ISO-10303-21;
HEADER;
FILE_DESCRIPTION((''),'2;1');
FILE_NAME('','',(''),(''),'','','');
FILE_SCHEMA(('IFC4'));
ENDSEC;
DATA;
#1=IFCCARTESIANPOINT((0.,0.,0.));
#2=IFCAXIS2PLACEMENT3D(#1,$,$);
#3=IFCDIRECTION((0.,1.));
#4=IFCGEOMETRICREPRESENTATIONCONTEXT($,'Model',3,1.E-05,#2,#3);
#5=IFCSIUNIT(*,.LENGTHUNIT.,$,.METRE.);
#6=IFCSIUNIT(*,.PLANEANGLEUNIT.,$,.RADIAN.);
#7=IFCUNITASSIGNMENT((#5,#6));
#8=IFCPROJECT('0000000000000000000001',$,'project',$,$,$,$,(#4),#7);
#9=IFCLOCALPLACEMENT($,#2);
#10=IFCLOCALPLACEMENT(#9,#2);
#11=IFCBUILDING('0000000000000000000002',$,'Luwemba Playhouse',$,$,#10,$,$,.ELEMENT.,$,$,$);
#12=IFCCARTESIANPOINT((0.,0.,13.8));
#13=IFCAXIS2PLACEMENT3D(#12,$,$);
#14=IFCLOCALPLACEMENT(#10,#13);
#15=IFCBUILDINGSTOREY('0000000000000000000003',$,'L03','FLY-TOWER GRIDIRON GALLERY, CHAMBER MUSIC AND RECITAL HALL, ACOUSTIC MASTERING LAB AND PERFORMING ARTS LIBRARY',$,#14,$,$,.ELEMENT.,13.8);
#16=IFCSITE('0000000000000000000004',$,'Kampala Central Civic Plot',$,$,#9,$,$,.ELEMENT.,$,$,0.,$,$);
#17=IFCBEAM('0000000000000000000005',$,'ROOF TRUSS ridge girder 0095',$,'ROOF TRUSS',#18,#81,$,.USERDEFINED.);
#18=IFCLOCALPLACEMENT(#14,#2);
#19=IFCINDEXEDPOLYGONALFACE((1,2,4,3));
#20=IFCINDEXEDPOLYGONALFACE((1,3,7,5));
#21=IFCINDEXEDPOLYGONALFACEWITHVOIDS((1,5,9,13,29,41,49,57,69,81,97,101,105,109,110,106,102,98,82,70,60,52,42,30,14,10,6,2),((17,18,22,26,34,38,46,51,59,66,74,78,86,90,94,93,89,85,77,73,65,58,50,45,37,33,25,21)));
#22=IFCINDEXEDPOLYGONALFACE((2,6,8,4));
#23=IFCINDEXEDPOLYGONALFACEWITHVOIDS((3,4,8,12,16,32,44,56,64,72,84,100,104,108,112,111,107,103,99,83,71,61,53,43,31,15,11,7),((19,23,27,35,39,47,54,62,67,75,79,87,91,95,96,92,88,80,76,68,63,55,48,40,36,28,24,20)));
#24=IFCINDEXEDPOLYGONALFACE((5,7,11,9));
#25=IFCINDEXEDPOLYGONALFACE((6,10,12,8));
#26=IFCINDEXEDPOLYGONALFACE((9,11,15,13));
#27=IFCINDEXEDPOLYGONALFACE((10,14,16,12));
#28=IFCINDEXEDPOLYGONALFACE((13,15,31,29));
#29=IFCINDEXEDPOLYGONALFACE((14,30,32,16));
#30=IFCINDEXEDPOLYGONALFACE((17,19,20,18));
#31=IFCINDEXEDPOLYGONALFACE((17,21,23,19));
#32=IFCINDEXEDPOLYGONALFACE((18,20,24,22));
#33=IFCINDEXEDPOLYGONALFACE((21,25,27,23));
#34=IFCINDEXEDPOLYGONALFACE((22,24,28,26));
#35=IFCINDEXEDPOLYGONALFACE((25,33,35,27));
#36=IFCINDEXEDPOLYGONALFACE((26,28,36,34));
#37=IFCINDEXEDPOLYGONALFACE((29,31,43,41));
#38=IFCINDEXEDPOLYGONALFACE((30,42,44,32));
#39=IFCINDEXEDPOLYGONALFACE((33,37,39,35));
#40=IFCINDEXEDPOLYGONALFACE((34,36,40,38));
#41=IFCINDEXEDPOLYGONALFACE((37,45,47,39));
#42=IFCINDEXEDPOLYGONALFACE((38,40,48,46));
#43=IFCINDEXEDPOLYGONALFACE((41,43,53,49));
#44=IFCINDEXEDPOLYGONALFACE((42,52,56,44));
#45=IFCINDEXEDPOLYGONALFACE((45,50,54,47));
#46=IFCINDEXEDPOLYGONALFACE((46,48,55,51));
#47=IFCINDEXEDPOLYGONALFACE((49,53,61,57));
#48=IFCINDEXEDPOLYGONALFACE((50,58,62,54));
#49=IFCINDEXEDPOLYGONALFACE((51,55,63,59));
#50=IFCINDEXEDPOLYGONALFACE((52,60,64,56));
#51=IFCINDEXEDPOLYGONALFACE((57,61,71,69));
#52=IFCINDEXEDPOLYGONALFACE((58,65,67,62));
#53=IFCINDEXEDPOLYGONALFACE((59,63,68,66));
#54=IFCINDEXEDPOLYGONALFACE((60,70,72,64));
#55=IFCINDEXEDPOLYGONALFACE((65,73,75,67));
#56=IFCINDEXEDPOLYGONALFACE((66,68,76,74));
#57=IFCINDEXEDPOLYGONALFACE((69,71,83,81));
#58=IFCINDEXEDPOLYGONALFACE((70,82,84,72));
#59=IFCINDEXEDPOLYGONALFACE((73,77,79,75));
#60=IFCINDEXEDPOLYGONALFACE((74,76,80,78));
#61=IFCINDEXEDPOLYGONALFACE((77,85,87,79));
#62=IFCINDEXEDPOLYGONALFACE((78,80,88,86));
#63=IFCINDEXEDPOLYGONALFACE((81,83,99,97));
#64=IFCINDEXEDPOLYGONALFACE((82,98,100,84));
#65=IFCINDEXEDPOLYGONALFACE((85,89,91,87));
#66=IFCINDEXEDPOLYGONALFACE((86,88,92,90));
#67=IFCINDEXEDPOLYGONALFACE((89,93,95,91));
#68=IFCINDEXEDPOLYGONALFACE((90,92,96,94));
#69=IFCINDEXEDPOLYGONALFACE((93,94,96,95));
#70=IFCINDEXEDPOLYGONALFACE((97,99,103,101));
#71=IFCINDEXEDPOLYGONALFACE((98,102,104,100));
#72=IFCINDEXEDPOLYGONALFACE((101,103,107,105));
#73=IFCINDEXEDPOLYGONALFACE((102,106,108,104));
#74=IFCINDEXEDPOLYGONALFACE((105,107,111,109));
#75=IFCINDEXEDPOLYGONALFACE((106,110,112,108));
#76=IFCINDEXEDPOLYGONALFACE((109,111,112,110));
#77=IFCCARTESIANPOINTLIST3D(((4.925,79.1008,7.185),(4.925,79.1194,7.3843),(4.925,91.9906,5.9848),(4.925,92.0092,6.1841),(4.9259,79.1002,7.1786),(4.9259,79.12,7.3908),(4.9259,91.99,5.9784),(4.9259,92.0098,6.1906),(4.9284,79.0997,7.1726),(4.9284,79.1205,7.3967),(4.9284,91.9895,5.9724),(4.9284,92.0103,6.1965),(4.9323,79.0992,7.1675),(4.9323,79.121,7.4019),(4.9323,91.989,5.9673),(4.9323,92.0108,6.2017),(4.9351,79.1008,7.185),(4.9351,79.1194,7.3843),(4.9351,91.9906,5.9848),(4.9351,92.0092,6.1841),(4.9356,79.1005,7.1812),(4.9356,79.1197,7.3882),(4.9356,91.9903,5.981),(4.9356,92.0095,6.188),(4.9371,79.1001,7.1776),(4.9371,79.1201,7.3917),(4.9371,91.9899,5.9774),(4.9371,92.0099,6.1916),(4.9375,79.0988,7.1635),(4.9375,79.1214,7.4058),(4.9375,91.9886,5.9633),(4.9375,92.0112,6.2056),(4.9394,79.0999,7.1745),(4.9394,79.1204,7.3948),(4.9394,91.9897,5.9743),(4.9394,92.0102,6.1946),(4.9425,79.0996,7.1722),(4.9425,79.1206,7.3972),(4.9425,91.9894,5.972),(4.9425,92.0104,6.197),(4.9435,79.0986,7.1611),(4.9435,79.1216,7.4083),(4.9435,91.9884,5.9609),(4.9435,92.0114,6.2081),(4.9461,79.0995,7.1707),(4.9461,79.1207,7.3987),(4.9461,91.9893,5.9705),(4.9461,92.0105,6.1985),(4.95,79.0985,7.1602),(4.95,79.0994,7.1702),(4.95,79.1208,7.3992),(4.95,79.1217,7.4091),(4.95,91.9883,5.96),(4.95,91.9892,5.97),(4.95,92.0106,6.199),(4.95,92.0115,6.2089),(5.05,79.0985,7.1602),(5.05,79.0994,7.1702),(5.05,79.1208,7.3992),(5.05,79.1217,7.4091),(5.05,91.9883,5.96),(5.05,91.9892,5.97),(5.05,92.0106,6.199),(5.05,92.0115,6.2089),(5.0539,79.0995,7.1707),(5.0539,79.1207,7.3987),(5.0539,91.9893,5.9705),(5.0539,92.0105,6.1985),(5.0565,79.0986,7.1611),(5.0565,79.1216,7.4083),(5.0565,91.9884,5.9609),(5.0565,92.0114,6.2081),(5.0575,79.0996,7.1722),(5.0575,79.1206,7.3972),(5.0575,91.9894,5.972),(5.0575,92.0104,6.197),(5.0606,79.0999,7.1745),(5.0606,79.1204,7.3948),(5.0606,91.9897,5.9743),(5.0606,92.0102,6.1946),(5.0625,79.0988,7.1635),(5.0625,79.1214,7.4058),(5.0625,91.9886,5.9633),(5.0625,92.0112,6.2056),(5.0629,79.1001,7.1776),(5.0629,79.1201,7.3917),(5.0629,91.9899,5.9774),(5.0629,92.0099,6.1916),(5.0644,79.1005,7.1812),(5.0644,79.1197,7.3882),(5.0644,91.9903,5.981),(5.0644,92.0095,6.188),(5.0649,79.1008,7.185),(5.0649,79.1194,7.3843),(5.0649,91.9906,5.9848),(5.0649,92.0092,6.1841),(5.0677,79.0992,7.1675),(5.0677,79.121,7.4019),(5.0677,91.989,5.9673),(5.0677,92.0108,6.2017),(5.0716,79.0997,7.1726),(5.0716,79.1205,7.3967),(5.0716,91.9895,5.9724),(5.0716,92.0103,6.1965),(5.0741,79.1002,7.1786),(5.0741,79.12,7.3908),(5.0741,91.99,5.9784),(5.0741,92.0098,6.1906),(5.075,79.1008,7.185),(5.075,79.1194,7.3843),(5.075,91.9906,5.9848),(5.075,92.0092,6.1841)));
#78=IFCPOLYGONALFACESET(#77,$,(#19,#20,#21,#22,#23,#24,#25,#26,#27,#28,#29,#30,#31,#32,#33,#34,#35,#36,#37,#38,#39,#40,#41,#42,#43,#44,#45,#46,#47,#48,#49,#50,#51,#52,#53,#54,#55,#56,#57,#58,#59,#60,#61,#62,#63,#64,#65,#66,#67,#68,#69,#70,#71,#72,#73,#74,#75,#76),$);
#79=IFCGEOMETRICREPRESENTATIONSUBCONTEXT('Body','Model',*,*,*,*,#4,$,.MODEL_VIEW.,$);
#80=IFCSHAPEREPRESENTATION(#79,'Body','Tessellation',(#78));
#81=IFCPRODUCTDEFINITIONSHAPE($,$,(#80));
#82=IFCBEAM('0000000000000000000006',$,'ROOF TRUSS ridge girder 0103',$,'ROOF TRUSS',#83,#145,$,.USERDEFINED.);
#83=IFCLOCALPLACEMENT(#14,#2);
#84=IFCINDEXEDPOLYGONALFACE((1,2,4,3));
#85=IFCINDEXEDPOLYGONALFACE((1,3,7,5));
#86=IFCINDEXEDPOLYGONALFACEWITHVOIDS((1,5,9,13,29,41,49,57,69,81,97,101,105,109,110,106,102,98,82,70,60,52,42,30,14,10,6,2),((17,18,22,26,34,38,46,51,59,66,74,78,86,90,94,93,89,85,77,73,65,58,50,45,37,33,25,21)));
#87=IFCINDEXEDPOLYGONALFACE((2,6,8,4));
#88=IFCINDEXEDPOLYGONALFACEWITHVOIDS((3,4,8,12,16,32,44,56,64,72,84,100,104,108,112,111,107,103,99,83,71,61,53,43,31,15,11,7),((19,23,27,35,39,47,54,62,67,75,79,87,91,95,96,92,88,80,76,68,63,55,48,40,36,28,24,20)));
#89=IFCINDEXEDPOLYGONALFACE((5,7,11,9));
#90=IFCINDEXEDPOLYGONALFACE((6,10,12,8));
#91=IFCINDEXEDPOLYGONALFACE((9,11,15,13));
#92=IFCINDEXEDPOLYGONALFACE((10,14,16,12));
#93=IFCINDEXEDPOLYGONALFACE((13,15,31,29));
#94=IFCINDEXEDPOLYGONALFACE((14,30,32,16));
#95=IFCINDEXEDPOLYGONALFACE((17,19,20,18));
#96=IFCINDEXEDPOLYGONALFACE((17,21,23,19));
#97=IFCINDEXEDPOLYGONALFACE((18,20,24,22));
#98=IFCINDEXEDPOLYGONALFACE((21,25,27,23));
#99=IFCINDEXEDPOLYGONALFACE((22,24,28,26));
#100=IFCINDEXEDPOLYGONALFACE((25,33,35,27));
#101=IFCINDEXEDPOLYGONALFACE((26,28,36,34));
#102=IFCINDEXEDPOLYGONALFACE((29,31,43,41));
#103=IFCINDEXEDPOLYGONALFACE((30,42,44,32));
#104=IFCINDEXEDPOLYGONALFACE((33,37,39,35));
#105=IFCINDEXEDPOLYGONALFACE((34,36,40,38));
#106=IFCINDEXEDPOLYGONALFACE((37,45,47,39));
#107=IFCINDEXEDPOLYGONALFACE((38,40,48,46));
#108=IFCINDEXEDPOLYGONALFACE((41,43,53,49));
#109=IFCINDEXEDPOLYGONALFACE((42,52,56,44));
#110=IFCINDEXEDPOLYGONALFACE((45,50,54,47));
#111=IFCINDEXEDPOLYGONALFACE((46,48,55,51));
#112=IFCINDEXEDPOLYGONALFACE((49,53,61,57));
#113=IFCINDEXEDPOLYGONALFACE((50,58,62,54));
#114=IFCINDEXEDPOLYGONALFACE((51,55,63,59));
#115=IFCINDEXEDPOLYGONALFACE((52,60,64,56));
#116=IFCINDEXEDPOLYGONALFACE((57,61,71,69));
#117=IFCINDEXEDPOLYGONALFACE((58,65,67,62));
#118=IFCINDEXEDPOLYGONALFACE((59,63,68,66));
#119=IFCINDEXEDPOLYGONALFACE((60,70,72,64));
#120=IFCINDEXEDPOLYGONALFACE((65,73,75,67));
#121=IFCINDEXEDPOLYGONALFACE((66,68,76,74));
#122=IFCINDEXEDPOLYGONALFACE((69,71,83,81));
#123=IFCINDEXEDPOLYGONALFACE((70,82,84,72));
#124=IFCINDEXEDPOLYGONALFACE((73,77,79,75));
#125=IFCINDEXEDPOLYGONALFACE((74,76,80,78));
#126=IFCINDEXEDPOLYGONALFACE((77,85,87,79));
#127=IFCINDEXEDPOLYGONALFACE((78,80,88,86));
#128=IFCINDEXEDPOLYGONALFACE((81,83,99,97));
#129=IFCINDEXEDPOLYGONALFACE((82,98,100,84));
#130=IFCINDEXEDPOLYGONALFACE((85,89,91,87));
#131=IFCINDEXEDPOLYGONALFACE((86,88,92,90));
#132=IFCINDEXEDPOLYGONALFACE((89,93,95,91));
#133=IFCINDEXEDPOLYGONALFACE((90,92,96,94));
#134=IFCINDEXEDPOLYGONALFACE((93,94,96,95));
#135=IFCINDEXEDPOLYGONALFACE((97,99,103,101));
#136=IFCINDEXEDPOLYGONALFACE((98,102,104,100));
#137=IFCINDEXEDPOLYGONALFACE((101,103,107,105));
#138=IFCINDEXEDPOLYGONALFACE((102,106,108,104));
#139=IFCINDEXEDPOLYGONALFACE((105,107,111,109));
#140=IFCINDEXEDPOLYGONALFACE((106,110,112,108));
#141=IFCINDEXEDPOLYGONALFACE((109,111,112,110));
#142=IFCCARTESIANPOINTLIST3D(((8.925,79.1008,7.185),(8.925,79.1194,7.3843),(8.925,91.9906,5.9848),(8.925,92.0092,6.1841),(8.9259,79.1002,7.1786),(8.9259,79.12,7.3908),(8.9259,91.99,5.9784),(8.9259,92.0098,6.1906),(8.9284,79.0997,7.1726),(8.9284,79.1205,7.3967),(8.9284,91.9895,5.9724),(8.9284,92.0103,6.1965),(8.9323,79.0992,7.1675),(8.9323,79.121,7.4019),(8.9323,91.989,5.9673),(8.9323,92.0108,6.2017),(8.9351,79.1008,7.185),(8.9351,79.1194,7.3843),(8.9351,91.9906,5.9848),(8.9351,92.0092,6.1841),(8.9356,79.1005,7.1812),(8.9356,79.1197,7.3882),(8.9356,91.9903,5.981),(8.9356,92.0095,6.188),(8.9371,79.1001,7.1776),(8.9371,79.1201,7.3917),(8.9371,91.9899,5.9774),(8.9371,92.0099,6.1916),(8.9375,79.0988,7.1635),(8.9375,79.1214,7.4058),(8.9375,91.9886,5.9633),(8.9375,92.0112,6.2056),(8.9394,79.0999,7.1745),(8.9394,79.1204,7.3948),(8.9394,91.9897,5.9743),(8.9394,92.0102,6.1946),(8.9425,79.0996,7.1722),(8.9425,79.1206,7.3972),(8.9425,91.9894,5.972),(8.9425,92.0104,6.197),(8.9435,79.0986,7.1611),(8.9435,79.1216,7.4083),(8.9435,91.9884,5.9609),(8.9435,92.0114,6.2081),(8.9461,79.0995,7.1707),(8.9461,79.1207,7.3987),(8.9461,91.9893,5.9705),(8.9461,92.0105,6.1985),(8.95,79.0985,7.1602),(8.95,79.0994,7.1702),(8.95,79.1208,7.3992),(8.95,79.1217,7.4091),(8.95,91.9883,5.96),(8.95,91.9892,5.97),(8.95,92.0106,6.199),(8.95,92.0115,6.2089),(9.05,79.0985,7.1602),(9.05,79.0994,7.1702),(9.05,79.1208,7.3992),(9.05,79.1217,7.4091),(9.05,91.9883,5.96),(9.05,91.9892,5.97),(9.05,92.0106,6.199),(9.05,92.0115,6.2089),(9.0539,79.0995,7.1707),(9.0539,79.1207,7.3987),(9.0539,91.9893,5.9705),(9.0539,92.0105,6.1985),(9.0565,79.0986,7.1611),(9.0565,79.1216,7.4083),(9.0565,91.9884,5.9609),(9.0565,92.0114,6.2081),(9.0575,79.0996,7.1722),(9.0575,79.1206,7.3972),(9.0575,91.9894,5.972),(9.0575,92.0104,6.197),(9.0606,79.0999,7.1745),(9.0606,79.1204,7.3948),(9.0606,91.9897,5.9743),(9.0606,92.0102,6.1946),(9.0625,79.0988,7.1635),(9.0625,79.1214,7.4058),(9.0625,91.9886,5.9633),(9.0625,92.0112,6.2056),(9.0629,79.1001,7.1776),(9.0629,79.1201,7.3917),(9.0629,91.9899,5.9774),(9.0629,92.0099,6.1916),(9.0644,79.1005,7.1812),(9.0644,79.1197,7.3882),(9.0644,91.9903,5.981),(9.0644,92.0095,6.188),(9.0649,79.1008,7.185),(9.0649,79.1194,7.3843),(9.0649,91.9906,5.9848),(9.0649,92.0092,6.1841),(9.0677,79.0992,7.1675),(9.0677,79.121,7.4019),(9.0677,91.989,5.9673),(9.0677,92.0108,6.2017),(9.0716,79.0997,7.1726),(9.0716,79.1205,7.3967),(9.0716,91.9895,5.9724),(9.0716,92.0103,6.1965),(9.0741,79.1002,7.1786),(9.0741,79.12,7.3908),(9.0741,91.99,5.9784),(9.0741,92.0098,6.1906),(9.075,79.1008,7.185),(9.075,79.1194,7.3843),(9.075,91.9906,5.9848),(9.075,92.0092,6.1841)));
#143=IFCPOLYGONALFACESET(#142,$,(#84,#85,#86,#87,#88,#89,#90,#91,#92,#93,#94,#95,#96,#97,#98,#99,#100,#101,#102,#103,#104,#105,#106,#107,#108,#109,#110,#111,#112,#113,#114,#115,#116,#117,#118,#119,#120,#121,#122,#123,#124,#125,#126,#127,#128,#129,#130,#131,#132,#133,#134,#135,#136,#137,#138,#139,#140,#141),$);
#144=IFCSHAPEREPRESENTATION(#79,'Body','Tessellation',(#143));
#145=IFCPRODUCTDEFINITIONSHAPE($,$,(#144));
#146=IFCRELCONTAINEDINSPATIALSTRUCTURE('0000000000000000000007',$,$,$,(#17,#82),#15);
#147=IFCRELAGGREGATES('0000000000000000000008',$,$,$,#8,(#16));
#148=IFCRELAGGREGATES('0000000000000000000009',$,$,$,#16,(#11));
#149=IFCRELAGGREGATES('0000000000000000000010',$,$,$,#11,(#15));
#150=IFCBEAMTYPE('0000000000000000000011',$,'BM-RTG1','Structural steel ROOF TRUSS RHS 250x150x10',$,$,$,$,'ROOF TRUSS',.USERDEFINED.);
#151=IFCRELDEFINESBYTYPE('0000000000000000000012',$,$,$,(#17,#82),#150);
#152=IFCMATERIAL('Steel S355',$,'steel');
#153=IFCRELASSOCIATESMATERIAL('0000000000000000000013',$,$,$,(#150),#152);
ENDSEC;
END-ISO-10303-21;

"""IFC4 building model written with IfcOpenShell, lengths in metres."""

from ifc_helpers import new_model, si_unit, direction, frame, origin, origin_2d, place, context, subcontext, project, spatial, hollow_rectangle, extrude, material, material_profile, profile_set, type_object, element, save


model = new_model("IFC4")

# Units and contexts
model_context = context("Model", 3, precision=1e-05, world=origin(), true_north=direction((0.0, 1.0)))
body_context = subcontext(model_context, "Body", "Model", "MODEL_VIEW")
ifc_project = project(units=[si_unit("LENGTHUNIT", "METRE"), si_unit("PLANEANGLEUNIT", "RADIAN")], contexts=[model_context])

# Site, building, storey
site_placement = place(None, origin())
site = spatial("IfcSite", under=ifc_project, at=site_placement, Name="Kampala Central Civic Plot", CompositionType="ELEMENT", RefElevation=0.0)
building_placement = place(site_placement, origin())
building = spatial("IfcBuilding", under=site, at=building_placement, Name="Luwemba Playhouse", CompositionType="ELEMENT")
storey_placement = place(building_placement, frame((0.0, 0.0, 13.8)))
storey = spatial("IfcBuildingStorey", under=building, at=storey_placement, Name="L03", Description="FLY-TOWER GRIDIRON GALLERY, CHAMBER MUSIC AND RECITAL HALL, ACOUSTIC MASTERING LAB AND PERFORMING ARTS LIBRARY", CompositionType="ELEMENT", Elevation=13.8)

# Beams
ifc_material_1 = material(Name="Steel S355", Category="steel")
ifc_material_profile_1 = material_profile(ifc_material_1, hollow_rectangle(XDim=0.1499, YDim=0.25, WallThickness=0.01, InnerFilletRadius=0.0149, OuterFilletRadius=0.0249, at=origin_2d()))
ifc_profile_set_1 = profile_set([ifc_material_profile_1], Name="Steel S355")
beam_type_1 = type_object("IfcBeamType", Name="BM-RTG1", Description="Structural steel ROOF TRUSS RHS 250x150x10", ElementType="ROOF TRUSS", PredefinedType="USERDEFINED", material=ifc_profile_set_1)
for number, where, z_axis, x_axis, name in (
    (1, (5.0, 79.1101, 7.2847), (0.0, 0.995693, -0.09271), (-1.0, 0.0, 0.0), "ROOF TRUSS ridge girder 0095"),
    (2, (9.0, 79.1101, 7.2847), (0.0, 0.995693, -0.09271), (-1.0, 0.0, 0.0), "ROOF TRUSS ridge girder 0103"),
):
    element("IfcBeam", number, at=place(storey_placement, frame(where, z_axis=z_axis, x_axis=x_axis)), inside=storey, type_object=beam_type_1, Name=name, ObjectType="ROOF TRUSS", PredefinedType="USERDEFINED", context=body_context, shape_type="SweptSolid", body=[
        extrude(hollow_rectangle(XDim=0.1499, YDim=0.25, WallThickness=0.01, InnerFilletRadius=0.0149, OuterFilletRadius=0.0249, at=origin_2d()), origin(), (0.0, 0.0, 1.0), 12.9456),
    ])

save(model, "model.ifc")
